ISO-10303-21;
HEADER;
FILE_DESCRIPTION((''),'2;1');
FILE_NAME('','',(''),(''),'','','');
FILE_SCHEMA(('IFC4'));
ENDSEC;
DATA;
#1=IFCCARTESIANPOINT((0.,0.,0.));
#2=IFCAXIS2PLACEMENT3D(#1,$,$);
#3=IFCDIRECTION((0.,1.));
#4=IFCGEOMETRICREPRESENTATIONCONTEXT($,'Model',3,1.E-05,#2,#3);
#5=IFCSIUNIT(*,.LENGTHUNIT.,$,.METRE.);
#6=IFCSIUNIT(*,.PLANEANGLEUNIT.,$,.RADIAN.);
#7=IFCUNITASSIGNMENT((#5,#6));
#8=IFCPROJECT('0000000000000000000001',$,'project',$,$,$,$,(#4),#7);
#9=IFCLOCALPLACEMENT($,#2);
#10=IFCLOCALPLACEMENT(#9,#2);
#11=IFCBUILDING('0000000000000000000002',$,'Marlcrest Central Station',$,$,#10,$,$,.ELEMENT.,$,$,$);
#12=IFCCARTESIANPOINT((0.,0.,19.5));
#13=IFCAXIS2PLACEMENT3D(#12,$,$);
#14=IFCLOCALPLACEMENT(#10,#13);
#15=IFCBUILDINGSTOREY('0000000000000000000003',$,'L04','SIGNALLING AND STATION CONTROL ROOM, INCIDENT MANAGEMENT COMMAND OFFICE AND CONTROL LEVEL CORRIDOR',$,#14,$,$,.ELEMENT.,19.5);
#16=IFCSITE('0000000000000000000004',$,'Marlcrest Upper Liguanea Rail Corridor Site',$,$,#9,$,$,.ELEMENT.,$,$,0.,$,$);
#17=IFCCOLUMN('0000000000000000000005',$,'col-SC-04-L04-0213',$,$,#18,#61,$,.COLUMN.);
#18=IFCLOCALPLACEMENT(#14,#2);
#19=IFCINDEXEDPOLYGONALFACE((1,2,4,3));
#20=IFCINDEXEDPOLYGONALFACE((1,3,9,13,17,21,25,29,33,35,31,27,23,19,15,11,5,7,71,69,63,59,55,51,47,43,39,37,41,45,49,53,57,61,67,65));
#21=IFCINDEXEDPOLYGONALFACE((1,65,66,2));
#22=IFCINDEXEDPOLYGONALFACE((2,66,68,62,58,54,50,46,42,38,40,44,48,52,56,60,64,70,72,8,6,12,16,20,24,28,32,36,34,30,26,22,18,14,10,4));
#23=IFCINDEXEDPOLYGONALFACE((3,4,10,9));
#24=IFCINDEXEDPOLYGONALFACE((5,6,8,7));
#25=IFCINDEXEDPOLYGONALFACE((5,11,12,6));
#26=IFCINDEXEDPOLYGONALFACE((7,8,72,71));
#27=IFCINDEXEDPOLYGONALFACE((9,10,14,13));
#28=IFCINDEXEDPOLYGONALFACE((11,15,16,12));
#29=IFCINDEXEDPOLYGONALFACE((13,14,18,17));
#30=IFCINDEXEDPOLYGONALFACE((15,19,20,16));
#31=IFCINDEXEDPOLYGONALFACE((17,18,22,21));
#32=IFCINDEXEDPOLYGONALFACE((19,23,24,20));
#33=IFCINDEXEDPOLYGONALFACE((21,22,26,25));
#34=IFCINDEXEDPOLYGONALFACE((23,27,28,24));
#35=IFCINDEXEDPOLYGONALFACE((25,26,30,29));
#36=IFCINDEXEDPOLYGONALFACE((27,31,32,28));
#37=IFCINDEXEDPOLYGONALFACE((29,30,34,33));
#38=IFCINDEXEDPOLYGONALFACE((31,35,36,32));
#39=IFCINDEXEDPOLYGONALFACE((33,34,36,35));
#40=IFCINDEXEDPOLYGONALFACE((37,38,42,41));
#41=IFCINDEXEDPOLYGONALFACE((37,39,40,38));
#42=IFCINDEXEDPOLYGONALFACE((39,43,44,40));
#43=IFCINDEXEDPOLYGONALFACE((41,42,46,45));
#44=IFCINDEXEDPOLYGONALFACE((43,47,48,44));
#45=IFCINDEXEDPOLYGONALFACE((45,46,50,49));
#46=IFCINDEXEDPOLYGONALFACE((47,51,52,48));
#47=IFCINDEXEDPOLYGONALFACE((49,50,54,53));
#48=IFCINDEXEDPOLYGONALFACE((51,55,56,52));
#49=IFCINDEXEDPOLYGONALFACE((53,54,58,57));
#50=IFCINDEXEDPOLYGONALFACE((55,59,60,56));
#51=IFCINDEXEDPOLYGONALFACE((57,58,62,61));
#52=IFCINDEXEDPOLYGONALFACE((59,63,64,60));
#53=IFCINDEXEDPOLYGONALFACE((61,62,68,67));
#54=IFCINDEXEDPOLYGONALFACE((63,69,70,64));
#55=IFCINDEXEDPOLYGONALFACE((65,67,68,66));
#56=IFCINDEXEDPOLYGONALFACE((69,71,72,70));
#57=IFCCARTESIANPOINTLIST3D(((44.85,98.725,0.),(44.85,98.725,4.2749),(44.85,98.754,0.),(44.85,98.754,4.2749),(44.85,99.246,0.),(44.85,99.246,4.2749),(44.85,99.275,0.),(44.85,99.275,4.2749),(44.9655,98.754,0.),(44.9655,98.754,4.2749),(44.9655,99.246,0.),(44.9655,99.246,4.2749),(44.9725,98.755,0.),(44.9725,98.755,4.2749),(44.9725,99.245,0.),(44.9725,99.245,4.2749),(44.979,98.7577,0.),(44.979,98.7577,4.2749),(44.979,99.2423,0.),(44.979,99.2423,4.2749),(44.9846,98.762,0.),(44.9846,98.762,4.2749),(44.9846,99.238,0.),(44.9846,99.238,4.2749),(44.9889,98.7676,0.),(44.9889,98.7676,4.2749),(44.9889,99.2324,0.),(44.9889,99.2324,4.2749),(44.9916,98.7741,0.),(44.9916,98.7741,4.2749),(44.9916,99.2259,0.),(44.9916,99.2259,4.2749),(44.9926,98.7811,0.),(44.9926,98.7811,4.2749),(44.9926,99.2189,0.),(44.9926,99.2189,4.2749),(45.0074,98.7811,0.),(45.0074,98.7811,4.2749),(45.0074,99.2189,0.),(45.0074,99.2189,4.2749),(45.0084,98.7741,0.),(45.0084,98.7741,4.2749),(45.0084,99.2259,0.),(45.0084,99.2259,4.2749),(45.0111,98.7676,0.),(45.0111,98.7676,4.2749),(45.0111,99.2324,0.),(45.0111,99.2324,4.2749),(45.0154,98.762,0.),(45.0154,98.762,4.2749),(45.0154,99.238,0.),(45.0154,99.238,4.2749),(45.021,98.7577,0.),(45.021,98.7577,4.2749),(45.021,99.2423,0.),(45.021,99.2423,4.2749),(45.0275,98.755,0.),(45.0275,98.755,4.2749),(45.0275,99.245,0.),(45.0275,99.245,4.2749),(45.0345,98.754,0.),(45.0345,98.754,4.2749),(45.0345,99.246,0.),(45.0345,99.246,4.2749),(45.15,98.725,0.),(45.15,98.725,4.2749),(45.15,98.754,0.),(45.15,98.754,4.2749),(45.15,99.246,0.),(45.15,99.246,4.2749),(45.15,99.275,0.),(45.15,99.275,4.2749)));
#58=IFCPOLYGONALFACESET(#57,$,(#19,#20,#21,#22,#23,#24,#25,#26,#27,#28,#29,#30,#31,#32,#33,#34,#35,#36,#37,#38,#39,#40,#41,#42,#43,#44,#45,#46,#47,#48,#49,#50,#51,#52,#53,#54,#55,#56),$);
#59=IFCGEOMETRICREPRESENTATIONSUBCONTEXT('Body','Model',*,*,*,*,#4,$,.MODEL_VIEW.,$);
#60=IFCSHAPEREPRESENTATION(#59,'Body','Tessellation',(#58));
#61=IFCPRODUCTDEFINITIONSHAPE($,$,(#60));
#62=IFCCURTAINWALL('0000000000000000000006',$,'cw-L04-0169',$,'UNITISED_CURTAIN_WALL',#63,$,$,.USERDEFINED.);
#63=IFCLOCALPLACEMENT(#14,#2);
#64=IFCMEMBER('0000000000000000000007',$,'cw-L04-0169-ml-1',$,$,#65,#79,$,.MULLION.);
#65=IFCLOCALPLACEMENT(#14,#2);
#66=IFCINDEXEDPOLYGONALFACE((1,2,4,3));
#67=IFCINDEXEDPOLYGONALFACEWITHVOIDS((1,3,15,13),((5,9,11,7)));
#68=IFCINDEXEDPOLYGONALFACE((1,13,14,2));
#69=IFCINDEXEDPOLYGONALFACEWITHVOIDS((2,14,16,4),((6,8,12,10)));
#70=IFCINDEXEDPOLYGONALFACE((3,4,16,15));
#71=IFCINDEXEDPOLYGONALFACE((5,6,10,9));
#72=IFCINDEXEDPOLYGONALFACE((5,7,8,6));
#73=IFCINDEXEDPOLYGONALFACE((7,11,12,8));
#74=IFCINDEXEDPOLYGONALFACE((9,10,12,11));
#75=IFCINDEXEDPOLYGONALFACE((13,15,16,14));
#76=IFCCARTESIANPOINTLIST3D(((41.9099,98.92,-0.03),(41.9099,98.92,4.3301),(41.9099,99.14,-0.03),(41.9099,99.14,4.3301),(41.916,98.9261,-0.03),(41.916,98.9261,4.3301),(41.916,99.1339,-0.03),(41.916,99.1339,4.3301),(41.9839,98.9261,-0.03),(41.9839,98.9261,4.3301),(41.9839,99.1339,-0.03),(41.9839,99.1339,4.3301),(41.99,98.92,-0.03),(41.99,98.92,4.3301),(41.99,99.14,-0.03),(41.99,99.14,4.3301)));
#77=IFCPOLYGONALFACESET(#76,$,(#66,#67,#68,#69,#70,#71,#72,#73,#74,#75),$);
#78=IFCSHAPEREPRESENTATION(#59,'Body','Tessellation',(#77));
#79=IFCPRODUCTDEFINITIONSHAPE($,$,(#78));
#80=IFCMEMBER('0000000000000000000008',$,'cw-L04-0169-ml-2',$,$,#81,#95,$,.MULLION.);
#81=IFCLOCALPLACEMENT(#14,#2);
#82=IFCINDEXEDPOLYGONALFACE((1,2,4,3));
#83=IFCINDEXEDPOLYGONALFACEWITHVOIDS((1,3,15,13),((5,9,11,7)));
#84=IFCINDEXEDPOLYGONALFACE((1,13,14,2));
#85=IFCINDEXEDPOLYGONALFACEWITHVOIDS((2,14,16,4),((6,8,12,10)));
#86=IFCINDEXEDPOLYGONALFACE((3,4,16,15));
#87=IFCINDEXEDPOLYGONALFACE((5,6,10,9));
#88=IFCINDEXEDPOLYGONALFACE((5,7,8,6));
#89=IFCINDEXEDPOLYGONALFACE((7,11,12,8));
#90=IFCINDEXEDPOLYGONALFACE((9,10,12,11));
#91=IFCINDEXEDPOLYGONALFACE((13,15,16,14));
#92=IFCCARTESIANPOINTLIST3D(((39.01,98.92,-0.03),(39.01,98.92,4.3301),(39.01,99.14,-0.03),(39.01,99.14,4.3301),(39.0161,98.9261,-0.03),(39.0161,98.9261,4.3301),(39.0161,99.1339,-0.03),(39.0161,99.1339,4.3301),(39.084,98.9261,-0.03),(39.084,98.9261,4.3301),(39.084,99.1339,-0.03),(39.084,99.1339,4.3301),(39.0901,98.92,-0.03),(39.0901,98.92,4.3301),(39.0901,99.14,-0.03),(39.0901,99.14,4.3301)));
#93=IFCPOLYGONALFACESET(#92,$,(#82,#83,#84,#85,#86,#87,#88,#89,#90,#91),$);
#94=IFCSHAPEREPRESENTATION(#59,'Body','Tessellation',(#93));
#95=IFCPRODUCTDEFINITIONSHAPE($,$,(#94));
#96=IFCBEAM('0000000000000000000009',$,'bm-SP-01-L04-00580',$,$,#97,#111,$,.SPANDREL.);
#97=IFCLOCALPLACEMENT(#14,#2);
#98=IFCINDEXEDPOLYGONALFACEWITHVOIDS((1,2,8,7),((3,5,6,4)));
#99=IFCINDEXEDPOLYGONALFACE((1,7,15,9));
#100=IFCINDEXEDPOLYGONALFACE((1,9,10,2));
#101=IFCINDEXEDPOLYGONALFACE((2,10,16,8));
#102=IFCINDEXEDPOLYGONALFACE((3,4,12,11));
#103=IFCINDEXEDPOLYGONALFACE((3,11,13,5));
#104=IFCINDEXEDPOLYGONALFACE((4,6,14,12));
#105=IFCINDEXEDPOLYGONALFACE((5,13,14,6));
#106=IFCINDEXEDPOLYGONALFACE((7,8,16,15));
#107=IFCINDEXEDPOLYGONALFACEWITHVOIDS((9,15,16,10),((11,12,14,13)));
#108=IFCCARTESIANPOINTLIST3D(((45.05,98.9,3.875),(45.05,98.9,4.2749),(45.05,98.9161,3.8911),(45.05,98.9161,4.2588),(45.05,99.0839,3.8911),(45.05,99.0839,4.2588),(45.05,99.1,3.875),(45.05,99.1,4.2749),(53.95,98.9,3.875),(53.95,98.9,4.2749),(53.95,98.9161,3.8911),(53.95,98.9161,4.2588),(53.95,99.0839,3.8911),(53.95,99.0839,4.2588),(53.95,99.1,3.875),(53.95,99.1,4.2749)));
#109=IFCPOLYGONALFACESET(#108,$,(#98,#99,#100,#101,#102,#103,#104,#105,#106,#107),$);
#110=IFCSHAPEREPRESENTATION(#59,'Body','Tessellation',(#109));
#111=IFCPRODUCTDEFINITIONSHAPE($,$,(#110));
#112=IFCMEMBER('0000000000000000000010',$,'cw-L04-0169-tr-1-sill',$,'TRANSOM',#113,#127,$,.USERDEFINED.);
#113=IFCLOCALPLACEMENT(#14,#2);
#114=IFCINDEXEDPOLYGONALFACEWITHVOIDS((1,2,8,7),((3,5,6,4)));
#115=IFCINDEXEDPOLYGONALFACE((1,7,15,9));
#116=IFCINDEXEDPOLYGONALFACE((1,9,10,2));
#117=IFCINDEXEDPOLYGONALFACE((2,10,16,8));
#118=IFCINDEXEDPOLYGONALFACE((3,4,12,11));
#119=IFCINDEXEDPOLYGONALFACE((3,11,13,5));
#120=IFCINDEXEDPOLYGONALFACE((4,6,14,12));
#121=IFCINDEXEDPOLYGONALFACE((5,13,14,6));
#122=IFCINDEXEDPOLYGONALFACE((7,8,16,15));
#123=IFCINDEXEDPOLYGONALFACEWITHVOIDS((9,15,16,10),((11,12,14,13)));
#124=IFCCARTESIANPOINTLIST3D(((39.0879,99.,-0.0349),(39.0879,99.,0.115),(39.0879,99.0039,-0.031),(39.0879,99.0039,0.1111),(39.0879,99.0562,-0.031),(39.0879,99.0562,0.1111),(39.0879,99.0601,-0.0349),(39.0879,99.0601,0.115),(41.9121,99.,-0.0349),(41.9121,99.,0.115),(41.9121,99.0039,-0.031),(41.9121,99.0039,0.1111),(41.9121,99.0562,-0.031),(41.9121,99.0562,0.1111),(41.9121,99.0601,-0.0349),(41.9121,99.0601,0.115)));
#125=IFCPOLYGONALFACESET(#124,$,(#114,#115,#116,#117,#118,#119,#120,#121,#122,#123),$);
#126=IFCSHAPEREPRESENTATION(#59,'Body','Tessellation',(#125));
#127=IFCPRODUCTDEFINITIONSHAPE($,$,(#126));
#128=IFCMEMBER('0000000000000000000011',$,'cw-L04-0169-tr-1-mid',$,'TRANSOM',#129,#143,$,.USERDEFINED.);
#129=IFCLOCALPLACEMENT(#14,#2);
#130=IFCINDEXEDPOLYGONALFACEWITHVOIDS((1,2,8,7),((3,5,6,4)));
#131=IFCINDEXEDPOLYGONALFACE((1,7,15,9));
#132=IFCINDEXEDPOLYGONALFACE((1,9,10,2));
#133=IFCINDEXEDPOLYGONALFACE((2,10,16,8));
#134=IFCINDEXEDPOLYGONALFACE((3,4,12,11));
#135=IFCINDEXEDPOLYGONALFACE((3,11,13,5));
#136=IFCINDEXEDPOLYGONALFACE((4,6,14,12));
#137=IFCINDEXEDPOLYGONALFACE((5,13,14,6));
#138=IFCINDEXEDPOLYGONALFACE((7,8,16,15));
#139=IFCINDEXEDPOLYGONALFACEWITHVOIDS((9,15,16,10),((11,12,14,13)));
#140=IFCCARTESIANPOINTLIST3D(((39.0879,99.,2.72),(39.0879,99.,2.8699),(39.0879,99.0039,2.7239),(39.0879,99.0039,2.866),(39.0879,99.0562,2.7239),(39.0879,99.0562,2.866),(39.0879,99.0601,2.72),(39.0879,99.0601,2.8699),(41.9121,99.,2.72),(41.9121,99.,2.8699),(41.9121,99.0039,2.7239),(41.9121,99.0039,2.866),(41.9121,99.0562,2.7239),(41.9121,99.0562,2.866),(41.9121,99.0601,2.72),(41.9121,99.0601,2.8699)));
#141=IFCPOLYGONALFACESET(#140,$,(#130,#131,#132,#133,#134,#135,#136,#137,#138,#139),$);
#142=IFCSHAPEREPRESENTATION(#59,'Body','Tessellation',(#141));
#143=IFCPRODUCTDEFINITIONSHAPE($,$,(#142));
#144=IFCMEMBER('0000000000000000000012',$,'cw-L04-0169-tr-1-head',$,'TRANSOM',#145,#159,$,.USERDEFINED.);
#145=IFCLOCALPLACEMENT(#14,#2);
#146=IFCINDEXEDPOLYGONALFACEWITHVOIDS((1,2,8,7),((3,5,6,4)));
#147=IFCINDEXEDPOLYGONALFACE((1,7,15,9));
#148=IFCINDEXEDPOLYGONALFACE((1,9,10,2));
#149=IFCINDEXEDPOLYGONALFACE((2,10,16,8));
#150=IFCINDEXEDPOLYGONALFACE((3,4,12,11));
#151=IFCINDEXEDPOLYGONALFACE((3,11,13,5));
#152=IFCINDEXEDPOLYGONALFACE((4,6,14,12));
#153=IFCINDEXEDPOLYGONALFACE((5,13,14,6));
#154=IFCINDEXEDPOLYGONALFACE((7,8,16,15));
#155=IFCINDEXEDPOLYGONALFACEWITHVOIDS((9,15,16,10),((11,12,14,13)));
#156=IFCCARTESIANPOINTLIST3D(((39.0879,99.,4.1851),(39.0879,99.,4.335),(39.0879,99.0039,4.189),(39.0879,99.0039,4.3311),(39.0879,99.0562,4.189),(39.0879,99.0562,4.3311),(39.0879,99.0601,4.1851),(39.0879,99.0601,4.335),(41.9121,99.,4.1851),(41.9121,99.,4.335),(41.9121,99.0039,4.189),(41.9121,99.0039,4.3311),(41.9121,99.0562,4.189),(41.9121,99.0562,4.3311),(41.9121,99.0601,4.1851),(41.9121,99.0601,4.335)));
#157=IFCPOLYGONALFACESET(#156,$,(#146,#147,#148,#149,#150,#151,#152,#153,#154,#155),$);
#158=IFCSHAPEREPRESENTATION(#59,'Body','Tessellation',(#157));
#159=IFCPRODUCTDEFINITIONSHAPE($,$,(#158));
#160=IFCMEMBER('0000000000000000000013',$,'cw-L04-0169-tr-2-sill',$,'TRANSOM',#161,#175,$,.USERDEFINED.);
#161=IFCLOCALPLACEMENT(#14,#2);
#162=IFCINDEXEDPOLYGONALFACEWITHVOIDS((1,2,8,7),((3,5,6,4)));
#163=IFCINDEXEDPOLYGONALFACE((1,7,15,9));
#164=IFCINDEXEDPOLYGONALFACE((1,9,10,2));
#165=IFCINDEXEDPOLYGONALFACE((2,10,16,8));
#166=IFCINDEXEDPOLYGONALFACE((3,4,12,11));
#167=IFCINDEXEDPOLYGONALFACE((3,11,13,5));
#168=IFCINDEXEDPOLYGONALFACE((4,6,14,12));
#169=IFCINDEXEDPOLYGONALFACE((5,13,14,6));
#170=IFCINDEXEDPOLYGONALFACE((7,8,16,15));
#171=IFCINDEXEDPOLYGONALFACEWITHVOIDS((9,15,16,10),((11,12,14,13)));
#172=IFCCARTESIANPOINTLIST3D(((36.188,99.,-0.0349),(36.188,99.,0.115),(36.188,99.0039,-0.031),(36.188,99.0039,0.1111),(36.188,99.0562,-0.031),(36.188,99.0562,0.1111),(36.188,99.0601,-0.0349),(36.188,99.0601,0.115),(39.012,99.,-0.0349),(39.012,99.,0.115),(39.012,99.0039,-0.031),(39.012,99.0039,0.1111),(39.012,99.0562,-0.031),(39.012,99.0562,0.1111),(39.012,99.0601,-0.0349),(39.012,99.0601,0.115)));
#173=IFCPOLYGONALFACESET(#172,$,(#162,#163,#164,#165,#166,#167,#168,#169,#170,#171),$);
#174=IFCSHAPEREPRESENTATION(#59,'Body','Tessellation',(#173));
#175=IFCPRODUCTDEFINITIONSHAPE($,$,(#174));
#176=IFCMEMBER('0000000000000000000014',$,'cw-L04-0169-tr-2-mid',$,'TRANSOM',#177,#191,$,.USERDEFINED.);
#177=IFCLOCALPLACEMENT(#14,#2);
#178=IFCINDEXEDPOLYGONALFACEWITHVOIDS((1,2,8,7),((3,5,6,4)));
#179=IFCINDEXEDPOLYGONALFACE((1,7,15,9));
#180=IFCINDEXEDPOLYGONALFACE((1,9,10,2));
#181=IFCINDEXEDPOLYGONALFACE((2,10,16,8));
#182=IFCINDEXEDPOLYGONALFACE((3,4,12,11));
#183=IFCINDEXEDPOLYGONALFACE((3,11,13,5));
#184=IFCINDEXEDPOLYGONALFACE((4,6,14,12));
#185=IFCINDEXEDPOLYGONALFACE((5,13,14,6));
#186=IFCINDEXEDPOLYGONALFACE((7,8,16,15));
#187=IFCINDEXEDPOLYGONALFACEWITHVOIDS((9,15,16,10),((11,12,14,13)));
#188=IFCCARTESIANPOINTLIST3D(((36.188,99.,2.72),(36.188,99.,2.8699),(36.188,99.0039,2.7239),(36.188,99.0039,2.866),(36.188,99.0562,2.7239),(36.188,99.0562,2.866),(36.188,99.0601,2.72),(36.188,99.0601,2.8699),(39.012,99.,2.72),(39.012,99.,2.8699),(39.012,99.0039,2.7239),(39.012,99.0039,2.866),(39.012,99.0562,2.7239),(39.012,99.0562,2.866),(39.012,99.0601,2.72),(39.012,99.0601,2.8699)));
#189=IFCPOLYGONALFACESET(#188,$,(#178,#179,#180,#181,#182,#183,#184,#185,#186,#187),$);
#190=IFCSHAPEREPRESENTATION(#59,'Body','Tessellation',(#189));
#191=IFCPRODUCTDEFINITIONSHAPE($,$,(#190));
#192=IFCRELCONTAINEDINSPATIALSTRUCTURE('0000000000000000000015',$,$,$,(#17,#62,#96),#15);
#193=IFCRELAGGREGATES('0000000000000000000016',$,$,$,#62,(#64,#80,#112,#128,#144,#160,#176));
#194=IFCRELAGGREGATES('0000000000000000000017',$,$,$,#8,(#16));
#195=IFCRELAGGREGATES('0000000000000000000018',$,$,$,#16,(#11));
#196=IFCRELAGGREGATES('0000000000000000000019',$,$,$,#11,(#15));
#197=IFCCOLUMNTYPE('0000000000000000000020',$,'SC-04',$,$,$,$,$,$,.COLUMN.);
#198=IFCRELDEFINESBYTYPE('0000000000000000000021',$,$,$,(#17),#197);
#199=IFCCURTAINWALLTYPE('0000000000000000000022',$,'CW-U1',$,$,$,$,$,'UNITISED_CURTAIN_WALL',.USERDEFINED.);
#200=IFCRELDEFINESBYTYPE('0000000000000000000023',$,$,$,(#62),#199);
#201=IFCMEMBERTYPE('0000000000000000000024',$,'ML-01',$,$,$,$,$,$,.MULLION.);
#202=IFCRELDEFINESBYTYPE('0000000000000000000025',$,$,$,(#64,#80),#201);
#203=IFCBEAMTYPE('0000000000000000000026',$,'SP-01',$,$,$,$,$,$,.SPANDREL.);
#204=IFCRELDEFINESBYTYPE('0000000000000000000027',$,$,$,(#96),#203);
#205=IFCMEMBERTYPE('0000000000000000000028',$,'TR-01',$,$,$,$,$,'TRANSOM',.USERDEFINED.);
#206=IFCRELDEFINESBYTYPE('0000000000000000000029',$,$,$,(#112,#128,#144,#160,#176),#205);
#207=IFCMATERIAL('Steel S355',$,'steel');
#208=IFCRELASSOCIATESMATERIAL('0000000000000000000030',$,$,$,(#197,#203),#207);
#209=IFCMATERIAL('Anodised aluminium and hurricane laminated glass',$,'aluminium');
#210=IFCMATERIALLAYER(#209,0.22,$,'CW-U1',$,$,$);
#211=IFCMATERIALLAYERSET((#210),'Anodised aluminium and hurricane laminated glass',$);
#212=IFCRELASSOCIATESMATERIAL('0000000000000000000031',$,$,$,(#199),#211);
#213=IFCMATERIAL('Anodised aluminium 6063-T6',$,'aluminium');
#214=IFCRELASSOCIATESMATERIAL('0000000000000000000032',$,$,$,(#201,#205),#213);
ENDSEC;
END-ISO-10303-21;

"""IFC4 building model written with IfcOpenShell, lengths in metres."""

from ifc_helpers import new_model, si_unit, direction, frame, origin, origin_2d, place, context, subcontext, project, spatial, hollow_rectangle, i_section, extrude, material, layer, layer_set, material_profile, profile_set, type_object, element, aggregate, save


model = new_model("IFC4")

# Units and contexts
model_context = context("Model", 3, precision=1e-05, world=origin(), true_north=direction((0.0, 1.0)))
body_context = subcontext(model_context, "Body", "Model", "MODEL_VIEW")
ifc_project = project(units=[si_unit("LENGTHUNIT", "METRE"), si_unit("PLANEANGLEUNIT", "RADIAN")], contexts=[model_context])

# Site, building, storey
site_placement = place(None, origin())
site = spatial("IfcSite", under=ifc_project, at=site_placement, Name="Marlcrest Upper Liguanea Rail Corridor Site", CompositionType="ELEMENT", RefElevation=0.0)
building_placement = place(site_placement, origin())
building = spatial("IfcBuilding", under=site, at=building_placement, Name="Marlcrest Central Station", CompositionType="ELEMENT")
storey_placement = place(building_placement, frame((0.0, 0.0, 19.5)))
storey = spatial("IfcBuildingStorey", under=building, at=storey_placement, Name="L04", Description="SIGNALLING AND STATION CONTROL ROOM, INCIDENT MANAGEMENT COMMAND OFFICE AND CONTROL LEVEL CORRIDOR", CompositionType="ELEMENT", Elevation=19.5)

# Column
ifc_material_1 = material(Name="Steel S355", Category="steel")
ifc_material_profile_1 = material_profile(ifc_material_1, i_section(OverallWidth=0.3, OverallDepth=0.55, WebThickness=0.0149, FlangeThickness=0.0291, FilletRadius=0.0271, at=origin_2d()), Name="HEB 550")
ifc_profile_set_1 = profile_set([ifc_material_profile_1], Name="Steel S355")
column_type = type_object("IfcColumnType", Name="SC-04", PredefinedType="COLUMN", material=ifc_profile_set_1)
column_placement = place(storey_placement, frame((45.0, 99.0, 0.0), z_axis=(0.0, 0.0, 1.0), x_axis=(1.0, 0.0, 0.0)))
element("IfcColumn", 1, at=column_placement, inside=storey, type_object=column_type, Name="col-SC-04-L04-0213", PredefinedType="COLUMN", context=body_context, shape_type="SweptSolid", body=[
    extrude(i_section(OverallWidth=0.3, OverallDepth=0.55, WebThickness=0.0149, FlangeThickness=0.0291, FilletRadius=0.0271, at=origin_2d()), origin(), (0.0, 0.0, 1.0), 4.2749),
])

# Curtain wall, members
ifc_material_2 = material(Name="Anodised aluminium and hurricane laminated glass", Category="aluminium")
ifc_layer_1 = layer(ifc_material_2, 0.22, Name="CW-U1")
ifc_layer_set_1 = layer_set([ifc_layer_1], Name="Anodised aluminium and hurricane laminated glass")
curtain_wall_type = type_object("IfcCurtainWallType", Name="CW-U1", ElementType="UNITISED_CURTAIN_WALL", PredefinedType="USERDEFINED", material=ifc_layer_set_1)
curtain_wall_placement = place(storey_placement, origin())
curtain_wall = element("IfcCurtainWall", 2, at=curtain_wall_placement, inside=storey, type_object=curtain_wall_type, Name="cw-L04-0169", ObjectType="UNITISED_CURTAIN_WALL", PredefinedType="USERDEFINED")
ifc_material_3 = material(Name="Anodised aluminium 6063-T6", Category="aluminium")
ifc_material_profile_2 = material_profile(ifc_material_3, hollow_rectangle(XDim=0.0801, YDim=0.22, WallThickness=0.0061, at=origin_2d()), Name="AA-RHS 220x80x6")
ifc_profile_set_2 = profile_set([ifc_material_profile_2], Name="Anodised aluminium 6063-T6")
member_type_1 = type_object("IfcMemberType", Name="ML-01", PredefinedType="MULLION", material=ifc_profile_set_2)
member_1_placement = place(storey_placement, frame((41.95, 99.03, -0.03), z_axis=(0.0, 0.0, 1.0), x_axis=(1.0, 0.0, 0.0)))
member_1 = element("IfcMember", 3, at=member_1_placement, type_object=member_type_1, Name="cw-L04-0169-ml-1", PredefinedType="MULLION", context=body_context, shape_type="SweptSolid", body=[
    extrude(hollow_rectangle(XDim=0.0801, YDim=0.22, WallThickness=0.0061, at=origin_2d()), origin(), (0.0, 0.0, 1.0), 4.3601),
])
member_2_placement = place(storey_placement, frame((39.05, 99.03, -0.03), z_axis=(0.0, 0.0, 1.0), x_axis=(1.0, 0.0, 0.0)))
member_2 = element("IfcMember", 4, at=member_2_placement, type_object=member_type_1, Name="cw-L04-0169-ml-2", PredefinedType="MULLION", context=body_context, shape_type="SweptSolid", body=[
    extrude(hollow_rectangle(XDim=0.0801, YDim=0.22, WallThickness=0.0061, at=origin_2d()), origin(), (0.0, 0.0, 1.0), 4.3601),
])

# Beam
ifc_material_profile_3 = material_profile(ifc_material_1, hollow_rectangle(XDim=0.2, YDim=0.3999, WallThickness=0.0161, at=origin_2d()), Name="RHS 400x200x16")
ifc_profile_set_3 = profile_set([ifc_material_profile_3], Name="Steel S355")
beam_type = type_object("IfcBeamType", Name="SP-01", PredefinedType="SPANDREL", material=ifc_profile_set_3)
beam_placement = place(storey_placement, frame((45.05, 99.0, 4.075), z_axis=(1.0, 0.0, 0.0), x_axis=(0.0, 1.0, 0.0)))
element("IfcBeam", 5, at=beam_placement, inside=storey, type_object=beam_type, Name="bm-SP-01-L04-00580", PredefinedType="SPANDREL", context=body_context, shape_type="SweptSolid", body=[
    extrude(hollow_rectangle(XDim=0.2, YDim=0.3999, WallThickness=0.0161, at=origin_2d()), origin(), (0.0, 0.0, 1.0), 8.8999),
])

# Members
ifc_material_profile_4 = material_profile(ifc_material_3, hollow_rectangle(XDim=0.0601, YDim=0.1499, WallThickness=0.0039, at=origin_2d()), Name="AA-RHS 150x60x4")
ifc_profile_set_4 = profile_set([ifc_material_profile_4], Name="Anodised aluminium 6063-T6")
member_type_2 = type_object("IfcMemberType", Name="TR-01", ElementType="TRANSOM", PredefinedType="USERDEFINED", material=ifc_profile_set_4)
member_3_placement = place(storey_placement, frame((41.9121, 99.03, 0.04), z_axis=(-1.0, 0.0, 0.0), x_axis=(0.0, -1.0, 0.0)))
member_3 = element("IfcMember", 6, at=member_3_placement, type_object=member_type_2, Name="cw-L04-0169-tr-1-sill", ObjectType="TRANSOM", PredefinedType="USERDEFINED", context=body_context, shape_type="SweptSolid", body=[
    extrude(hollow_rectangle(XDim=0.0601, YDim=0.1499, WallThickness=0.0039, at=origin_2d()), origin(), (0.0, 0.0, 1.0), 2.8242),
])
member_4_placement = place(storey_placement, frame((41.9121, 99.03, 2.7949), z_axis=(-1.0, 0.0, 0.0), x_axis=(0.0, -1.0, 0.0)))
member_4 = element("IfcMember", 7, at=member_4_placement, type_object=member_type_2, Name="cw-L04-0169-tr-1-mid", ObjectType="TRANSOM", PredefinedType="USERDEFINED", context=body_context, shape_type="SweptSolid", body=[
    extrude(hollow_rectangle(XDim=0.0601, YDim=0.1499, WallThickness=0.0039, at=origin_2d()), origin(), (0.0, 0.0, 1.0), 2.8242),
])
member_5_placement = place(storey_placement, frame((41.9121, 99.03, 4.26), z_axis=(-1.0, 0.0, 0.0), x_axis=(0.0, -1.0, 0.0)))
member_5 = element("IfcMember", 8, at=member_5_placement, type_object=member_type_2, Name="cw-L04-0169-tr-1-head", ObjectType="TRANSOM", PredefinedType="USERDEFINED", context=body_context, shape_type="SweptSolid", body=[
    extrude(hollow_rectangle(XDim=0.0601, YDim=0.1499, WallThickness=0.0039, at=origin_2d()), origin(), (0.0, 0.0, 1.0), 2.8242),
])
member_6_placement = place(storey_placement, frame((39.012, 99.03, 0.04), z_axis=(-1.0, 0.0, 0.0), x_axis=(0.0, -1.0, 0.0)))
member_6 = element("IfcMember", 9, at=member_6_placement, type_object=member_type_2, Name="cw-L04-0169-tr-2-sill", ObjectType="TRANSOM", PredefinedType="USERDEFINED", context=body_context, shape_type="SweptSolid", body=[
    extrude(hollow_rectangle(XDim=0.0601, YDim=0.1499, WallThickness=0.0039, at=origin_2d()), origin(), (0.0, 0.0, 1.0), 2.824),
])
member_7_placement = place(storey_placement, frame((39.012, 99.03, 2.7949), z_axis=(-1.0, 0.0, 0.0), x_axis=(0.0, -1.0, 0.0)))
member_7 = element("IfcMember", 10, at=member_7_placement, type_object=member_type_2, Name="cw-L04-0169-tr-2-mid", ObjectType="TRANSOM", PredefinedType="USERDEFINED", context=body_context, shape_type="SweptSolid", body=[
    extrude(hollow_rectangle(XDim=0.0601, YDim=0.1499, WallThickness=0.0039, at=origin_2d()), origin(), (0.0, 0.0, 1.0), 2.824),
])

aggregate(curtain_wall, [member_1, member_2, member_3, member_4, member_5, member_6, member_7])

save(model, "model.ifc")
